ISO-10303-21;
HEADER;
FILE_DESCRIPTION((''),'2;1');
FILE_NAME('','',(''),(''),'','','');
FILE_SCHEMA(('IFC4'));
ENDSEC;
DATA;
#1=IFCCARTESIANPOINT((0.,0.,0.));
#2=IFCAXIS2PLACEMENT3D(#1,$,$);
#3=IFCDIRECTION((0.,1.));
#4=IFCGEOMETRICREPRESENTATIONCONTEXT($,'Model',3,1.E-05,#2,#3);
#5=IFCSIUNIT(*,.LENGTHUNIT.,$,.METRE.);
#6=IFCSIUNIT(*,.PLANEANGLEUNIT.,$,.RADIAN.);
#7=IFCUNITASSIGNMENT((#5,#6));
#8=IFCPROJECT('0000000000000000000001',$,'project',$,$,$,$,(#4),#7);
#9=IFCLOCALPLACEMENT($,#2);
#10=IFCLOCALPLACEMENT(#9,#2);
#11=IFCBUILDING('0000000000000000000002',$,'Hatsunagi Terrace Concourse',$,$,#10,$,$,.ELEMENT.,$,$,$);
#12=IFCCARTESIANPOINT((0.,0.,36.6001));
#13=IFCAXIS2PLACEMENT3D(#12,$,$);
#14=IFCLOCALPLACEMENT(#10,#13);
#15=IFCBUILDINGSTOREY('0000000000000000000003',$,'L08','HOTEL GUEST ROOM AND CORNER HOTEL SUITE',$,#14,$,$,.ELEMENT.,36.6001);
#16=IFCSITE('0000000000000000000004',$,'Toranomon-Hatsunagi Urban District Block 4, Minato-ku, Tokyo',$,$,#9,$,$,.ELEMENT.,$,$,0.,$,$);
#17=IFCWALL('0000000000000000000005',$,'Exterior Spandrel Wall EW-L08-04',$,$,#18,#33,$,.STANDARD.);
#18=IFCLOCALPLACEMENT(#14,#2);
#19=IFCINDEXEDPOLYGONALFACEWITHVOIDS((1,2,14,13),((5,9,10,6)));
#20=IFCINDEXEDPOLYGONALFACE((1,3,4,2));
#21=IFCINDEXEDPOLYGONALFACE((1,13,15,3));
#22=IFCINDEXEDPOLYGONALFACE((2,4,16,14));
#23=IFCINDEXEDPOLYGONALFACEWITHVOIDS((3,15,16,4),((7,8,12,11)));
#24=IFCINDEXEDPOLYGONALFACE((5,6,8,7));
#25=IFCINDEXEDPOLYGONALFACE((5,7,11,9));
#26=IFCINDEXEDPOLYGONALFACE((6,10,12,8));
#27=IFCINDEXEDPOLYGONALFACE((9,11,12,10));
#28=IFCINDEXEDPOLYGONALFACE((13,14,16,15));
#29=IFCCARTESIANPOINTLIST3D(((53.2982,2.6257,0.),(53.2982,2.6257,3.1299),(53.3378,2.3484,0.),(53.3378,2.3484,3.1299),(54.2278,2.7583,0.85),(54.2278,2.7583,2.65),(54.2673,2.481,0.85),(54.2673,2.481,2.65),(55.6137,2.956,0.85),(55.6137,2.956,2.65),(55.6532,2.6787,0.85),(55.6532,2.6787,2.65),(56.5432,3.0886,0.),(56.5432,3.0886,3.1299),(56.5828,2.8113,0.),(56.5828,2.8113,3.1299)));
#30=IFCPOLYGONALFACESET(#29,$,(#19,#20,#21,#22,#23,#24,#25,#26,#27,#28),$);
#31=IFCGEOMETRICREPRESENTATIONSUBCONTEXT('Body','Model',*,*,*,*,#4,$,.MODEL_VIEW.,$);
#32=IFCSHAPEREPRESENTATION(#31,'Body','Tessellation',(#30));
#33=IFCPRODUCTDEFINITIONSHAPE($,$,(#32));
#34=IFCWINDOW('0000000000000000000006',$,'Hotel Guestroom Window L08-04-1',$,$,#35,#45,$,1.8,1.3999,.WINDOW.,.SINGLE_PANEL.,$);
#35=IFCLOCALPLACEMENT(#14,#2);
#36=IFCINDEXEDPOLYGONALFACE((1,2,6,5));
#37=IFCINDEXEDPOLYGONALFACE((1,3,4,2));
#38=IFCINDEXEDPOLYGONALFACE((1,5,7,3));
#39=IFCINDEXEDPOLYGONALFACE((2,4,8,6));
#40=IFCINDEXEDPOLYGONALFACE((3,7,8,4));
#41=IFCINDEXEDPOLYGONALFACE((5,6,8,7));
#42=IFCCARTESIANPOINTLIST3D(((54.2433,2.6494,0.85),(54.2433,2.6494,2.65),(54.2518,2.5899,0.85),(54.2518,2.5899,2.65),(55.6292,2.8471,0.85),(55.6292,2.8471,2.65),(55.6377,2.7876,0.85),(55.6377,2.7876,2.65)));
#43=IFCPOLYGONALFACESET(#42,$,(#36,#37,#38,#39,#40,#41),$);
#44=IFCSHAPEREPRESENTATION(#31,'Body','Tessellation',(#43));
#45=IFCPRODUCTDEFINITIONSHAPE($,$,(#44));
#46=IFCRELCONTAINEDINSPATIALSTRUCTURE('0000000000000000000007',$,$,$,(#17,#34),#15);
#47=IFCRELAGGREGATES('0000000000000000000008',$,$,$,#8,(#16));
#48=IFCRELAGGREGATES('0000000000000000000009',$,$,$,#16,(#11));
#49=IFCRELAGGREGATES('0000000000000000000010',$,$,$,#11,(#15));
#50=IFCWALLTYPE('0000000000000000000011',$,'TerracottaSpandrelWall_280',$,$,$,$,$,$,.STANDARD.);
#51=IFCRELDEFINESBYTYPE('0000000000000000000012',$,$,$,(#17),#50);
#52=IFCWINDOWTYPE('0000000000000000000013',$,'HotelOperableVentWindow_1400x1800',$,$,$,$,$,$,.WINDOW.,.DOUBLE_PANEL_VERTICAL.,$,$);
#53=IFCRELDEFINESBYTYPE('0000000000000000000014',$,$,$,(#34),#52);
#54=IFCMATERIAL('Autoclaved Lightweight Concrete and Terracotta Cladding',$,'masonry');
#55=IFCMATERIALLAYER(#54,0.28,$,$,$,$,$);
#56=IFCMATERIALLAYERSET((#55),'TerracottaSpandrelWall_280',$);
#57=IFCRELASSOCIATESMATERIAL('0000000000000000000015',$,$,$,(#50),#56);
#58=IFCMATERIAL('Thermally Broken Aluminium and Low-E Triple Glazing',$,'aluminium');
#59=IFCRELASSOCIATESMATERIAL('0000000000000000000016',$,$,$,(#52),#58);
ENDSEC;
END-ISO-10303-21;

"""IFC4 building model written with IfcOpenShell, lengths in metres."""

from ifc_helpers import new_model, si_unit, direction, frame, frame_2d, origin, place, context, subcontext, project, spatial, rectangle, extrude, material, layer, layer_set, type_object, element, fill, save


model = new_model("IFC4")

# Units and contexts
model_context = context("Model", 3, precision=1e-05, world=origin(), true_north=direction((0.0, 1.0)))
body_context = subcontext(model_context, "Body", "Model", "MODEL_VIEW")
ifc_project = project(units=[si_unit("LENGTHUNIT", "METRE"), si_unit("PLANEANGLEUNIT", "RADIAN")], contexts=[model_context])

# Site, building, storey
site_placement = place(None, origin())
site = spatial("IfcSite", under=ifc_project, at=site_placement, Name="Toranomon-Hatsunagi Urban District Block 4, Minato-ku, Tokyo", CompositionType="ELEMENT", RefElevation=0.0)
building_placement = place(site_placement, origin())
building = spatial("IfcBuilding", under=site, at=building_placement, Name="Hatsunagi Terrace Concourse", CompositionType="ELEMENT")
storey_placement = place(building_placement, frame((0.0, 0.0, 36.6001)))
storey = spatial("IfcBuildingStorey", under=building, at=storey_placement, Name="L08", Description="HOTEL GUEST ROOM AND CORNER HOTEL SUITE", CompositionType="ELEMENT", Elevation=36.6001)

# Wall, opening, window
ifc_material_1 = material(Name="Autoclaved Lightweight Concrete and Terracotta Cladding", Category="masonry")
ifc_layer_1 = layer(ifc_material_1, 0.28)
ifc_layer_set_1 = layer_set([ifc_layer_1], Name="TerracottaSpandrelWall_280")
wall_type_1 = type_object("IfcWallType", Name="TerracottaSpandrelWall_280", PredefinedType="STANDARD", material=ifc_layer_set_1)
wall_1_placement = place(storey_placement, frame((56.563, 2.95, 0.0), z_axis=(0.0, 0.0, 1.0), x_axis=(-0.989978, -0.141223, 0.0)))
wall_1 = element("IfcWall", 1, at=wall_1_placement, inside=storey, type_object=wall_type_1, Name="Exterior Spandrel Wall EW-L08-04", PredefinedType="STANDARD", context=body_context, shape_type="SweptSolid", body=[
    extrude(rectangle(XDim=3.2778, YDim=0.28, at=frame_2d((1.6389, 0.0))), origin(), (0.0, 0.0, 1.0), 3.1299),
])
opening_1_placement = place(wall_1_placement, frame((0.939, 0.0, 0.8501)))
opening_1 = element("IfcOpeningElement", 2, at=opening_1_placement, cuts=wall_1, PredefinedType="OPENING", context=body_context, shape_type="SweptSolid", body=[
    extrude(rectangle(XDim=1.3999, YDim=1.8, at=frame_2d((0.7, 0.8999))), frame((0.0, 0.1499, 0.0), z_axis=(0.0, -1.0, 0.0), x_axis=(1.0, 0.0, 0.0)), (0.0, 0.0, 1.0), 0.3),
])
ifc_material_2 = material(Name="Thermally Broken Aluminium and Low-E Triple Glazing", Category="aluminium")
window_type = type_object("IfcWindowType", Name="HotelOperableVentWindow_1400x1800", PartitioningType="DOUBLE_PANEL_VERTICAL", PredefinedType="WINDOW", material=ifc_material_2)
window_placement = place(opening_1_placement, origin())
window = element("IfcWindow", 3, at=window_placement, inside=storey, type_object=window_type, Name="Hotel Guestroom Window L08-04-1", OverallHeight=1.8, OverallWidth=1.3999, PartitioningType="SINGLE_PANEL", PredefinedType="WINDOW", context=body_context, shape_type="SweptSolid", body=[
    extrude(rectangle(XDim=1.3999, YDim=1.8, at=frame_2d((0.7, 0.8999))), frame((0.0, 0.03, 0.0), z_axis=(0.0, -1.0, 0.0), x_axis=(1.0, 0.0, 0.0)), (0.0, 0.0, 1.0), 0.0601),
])
fill(opening_1, window)

save(model, "model.ifc")
